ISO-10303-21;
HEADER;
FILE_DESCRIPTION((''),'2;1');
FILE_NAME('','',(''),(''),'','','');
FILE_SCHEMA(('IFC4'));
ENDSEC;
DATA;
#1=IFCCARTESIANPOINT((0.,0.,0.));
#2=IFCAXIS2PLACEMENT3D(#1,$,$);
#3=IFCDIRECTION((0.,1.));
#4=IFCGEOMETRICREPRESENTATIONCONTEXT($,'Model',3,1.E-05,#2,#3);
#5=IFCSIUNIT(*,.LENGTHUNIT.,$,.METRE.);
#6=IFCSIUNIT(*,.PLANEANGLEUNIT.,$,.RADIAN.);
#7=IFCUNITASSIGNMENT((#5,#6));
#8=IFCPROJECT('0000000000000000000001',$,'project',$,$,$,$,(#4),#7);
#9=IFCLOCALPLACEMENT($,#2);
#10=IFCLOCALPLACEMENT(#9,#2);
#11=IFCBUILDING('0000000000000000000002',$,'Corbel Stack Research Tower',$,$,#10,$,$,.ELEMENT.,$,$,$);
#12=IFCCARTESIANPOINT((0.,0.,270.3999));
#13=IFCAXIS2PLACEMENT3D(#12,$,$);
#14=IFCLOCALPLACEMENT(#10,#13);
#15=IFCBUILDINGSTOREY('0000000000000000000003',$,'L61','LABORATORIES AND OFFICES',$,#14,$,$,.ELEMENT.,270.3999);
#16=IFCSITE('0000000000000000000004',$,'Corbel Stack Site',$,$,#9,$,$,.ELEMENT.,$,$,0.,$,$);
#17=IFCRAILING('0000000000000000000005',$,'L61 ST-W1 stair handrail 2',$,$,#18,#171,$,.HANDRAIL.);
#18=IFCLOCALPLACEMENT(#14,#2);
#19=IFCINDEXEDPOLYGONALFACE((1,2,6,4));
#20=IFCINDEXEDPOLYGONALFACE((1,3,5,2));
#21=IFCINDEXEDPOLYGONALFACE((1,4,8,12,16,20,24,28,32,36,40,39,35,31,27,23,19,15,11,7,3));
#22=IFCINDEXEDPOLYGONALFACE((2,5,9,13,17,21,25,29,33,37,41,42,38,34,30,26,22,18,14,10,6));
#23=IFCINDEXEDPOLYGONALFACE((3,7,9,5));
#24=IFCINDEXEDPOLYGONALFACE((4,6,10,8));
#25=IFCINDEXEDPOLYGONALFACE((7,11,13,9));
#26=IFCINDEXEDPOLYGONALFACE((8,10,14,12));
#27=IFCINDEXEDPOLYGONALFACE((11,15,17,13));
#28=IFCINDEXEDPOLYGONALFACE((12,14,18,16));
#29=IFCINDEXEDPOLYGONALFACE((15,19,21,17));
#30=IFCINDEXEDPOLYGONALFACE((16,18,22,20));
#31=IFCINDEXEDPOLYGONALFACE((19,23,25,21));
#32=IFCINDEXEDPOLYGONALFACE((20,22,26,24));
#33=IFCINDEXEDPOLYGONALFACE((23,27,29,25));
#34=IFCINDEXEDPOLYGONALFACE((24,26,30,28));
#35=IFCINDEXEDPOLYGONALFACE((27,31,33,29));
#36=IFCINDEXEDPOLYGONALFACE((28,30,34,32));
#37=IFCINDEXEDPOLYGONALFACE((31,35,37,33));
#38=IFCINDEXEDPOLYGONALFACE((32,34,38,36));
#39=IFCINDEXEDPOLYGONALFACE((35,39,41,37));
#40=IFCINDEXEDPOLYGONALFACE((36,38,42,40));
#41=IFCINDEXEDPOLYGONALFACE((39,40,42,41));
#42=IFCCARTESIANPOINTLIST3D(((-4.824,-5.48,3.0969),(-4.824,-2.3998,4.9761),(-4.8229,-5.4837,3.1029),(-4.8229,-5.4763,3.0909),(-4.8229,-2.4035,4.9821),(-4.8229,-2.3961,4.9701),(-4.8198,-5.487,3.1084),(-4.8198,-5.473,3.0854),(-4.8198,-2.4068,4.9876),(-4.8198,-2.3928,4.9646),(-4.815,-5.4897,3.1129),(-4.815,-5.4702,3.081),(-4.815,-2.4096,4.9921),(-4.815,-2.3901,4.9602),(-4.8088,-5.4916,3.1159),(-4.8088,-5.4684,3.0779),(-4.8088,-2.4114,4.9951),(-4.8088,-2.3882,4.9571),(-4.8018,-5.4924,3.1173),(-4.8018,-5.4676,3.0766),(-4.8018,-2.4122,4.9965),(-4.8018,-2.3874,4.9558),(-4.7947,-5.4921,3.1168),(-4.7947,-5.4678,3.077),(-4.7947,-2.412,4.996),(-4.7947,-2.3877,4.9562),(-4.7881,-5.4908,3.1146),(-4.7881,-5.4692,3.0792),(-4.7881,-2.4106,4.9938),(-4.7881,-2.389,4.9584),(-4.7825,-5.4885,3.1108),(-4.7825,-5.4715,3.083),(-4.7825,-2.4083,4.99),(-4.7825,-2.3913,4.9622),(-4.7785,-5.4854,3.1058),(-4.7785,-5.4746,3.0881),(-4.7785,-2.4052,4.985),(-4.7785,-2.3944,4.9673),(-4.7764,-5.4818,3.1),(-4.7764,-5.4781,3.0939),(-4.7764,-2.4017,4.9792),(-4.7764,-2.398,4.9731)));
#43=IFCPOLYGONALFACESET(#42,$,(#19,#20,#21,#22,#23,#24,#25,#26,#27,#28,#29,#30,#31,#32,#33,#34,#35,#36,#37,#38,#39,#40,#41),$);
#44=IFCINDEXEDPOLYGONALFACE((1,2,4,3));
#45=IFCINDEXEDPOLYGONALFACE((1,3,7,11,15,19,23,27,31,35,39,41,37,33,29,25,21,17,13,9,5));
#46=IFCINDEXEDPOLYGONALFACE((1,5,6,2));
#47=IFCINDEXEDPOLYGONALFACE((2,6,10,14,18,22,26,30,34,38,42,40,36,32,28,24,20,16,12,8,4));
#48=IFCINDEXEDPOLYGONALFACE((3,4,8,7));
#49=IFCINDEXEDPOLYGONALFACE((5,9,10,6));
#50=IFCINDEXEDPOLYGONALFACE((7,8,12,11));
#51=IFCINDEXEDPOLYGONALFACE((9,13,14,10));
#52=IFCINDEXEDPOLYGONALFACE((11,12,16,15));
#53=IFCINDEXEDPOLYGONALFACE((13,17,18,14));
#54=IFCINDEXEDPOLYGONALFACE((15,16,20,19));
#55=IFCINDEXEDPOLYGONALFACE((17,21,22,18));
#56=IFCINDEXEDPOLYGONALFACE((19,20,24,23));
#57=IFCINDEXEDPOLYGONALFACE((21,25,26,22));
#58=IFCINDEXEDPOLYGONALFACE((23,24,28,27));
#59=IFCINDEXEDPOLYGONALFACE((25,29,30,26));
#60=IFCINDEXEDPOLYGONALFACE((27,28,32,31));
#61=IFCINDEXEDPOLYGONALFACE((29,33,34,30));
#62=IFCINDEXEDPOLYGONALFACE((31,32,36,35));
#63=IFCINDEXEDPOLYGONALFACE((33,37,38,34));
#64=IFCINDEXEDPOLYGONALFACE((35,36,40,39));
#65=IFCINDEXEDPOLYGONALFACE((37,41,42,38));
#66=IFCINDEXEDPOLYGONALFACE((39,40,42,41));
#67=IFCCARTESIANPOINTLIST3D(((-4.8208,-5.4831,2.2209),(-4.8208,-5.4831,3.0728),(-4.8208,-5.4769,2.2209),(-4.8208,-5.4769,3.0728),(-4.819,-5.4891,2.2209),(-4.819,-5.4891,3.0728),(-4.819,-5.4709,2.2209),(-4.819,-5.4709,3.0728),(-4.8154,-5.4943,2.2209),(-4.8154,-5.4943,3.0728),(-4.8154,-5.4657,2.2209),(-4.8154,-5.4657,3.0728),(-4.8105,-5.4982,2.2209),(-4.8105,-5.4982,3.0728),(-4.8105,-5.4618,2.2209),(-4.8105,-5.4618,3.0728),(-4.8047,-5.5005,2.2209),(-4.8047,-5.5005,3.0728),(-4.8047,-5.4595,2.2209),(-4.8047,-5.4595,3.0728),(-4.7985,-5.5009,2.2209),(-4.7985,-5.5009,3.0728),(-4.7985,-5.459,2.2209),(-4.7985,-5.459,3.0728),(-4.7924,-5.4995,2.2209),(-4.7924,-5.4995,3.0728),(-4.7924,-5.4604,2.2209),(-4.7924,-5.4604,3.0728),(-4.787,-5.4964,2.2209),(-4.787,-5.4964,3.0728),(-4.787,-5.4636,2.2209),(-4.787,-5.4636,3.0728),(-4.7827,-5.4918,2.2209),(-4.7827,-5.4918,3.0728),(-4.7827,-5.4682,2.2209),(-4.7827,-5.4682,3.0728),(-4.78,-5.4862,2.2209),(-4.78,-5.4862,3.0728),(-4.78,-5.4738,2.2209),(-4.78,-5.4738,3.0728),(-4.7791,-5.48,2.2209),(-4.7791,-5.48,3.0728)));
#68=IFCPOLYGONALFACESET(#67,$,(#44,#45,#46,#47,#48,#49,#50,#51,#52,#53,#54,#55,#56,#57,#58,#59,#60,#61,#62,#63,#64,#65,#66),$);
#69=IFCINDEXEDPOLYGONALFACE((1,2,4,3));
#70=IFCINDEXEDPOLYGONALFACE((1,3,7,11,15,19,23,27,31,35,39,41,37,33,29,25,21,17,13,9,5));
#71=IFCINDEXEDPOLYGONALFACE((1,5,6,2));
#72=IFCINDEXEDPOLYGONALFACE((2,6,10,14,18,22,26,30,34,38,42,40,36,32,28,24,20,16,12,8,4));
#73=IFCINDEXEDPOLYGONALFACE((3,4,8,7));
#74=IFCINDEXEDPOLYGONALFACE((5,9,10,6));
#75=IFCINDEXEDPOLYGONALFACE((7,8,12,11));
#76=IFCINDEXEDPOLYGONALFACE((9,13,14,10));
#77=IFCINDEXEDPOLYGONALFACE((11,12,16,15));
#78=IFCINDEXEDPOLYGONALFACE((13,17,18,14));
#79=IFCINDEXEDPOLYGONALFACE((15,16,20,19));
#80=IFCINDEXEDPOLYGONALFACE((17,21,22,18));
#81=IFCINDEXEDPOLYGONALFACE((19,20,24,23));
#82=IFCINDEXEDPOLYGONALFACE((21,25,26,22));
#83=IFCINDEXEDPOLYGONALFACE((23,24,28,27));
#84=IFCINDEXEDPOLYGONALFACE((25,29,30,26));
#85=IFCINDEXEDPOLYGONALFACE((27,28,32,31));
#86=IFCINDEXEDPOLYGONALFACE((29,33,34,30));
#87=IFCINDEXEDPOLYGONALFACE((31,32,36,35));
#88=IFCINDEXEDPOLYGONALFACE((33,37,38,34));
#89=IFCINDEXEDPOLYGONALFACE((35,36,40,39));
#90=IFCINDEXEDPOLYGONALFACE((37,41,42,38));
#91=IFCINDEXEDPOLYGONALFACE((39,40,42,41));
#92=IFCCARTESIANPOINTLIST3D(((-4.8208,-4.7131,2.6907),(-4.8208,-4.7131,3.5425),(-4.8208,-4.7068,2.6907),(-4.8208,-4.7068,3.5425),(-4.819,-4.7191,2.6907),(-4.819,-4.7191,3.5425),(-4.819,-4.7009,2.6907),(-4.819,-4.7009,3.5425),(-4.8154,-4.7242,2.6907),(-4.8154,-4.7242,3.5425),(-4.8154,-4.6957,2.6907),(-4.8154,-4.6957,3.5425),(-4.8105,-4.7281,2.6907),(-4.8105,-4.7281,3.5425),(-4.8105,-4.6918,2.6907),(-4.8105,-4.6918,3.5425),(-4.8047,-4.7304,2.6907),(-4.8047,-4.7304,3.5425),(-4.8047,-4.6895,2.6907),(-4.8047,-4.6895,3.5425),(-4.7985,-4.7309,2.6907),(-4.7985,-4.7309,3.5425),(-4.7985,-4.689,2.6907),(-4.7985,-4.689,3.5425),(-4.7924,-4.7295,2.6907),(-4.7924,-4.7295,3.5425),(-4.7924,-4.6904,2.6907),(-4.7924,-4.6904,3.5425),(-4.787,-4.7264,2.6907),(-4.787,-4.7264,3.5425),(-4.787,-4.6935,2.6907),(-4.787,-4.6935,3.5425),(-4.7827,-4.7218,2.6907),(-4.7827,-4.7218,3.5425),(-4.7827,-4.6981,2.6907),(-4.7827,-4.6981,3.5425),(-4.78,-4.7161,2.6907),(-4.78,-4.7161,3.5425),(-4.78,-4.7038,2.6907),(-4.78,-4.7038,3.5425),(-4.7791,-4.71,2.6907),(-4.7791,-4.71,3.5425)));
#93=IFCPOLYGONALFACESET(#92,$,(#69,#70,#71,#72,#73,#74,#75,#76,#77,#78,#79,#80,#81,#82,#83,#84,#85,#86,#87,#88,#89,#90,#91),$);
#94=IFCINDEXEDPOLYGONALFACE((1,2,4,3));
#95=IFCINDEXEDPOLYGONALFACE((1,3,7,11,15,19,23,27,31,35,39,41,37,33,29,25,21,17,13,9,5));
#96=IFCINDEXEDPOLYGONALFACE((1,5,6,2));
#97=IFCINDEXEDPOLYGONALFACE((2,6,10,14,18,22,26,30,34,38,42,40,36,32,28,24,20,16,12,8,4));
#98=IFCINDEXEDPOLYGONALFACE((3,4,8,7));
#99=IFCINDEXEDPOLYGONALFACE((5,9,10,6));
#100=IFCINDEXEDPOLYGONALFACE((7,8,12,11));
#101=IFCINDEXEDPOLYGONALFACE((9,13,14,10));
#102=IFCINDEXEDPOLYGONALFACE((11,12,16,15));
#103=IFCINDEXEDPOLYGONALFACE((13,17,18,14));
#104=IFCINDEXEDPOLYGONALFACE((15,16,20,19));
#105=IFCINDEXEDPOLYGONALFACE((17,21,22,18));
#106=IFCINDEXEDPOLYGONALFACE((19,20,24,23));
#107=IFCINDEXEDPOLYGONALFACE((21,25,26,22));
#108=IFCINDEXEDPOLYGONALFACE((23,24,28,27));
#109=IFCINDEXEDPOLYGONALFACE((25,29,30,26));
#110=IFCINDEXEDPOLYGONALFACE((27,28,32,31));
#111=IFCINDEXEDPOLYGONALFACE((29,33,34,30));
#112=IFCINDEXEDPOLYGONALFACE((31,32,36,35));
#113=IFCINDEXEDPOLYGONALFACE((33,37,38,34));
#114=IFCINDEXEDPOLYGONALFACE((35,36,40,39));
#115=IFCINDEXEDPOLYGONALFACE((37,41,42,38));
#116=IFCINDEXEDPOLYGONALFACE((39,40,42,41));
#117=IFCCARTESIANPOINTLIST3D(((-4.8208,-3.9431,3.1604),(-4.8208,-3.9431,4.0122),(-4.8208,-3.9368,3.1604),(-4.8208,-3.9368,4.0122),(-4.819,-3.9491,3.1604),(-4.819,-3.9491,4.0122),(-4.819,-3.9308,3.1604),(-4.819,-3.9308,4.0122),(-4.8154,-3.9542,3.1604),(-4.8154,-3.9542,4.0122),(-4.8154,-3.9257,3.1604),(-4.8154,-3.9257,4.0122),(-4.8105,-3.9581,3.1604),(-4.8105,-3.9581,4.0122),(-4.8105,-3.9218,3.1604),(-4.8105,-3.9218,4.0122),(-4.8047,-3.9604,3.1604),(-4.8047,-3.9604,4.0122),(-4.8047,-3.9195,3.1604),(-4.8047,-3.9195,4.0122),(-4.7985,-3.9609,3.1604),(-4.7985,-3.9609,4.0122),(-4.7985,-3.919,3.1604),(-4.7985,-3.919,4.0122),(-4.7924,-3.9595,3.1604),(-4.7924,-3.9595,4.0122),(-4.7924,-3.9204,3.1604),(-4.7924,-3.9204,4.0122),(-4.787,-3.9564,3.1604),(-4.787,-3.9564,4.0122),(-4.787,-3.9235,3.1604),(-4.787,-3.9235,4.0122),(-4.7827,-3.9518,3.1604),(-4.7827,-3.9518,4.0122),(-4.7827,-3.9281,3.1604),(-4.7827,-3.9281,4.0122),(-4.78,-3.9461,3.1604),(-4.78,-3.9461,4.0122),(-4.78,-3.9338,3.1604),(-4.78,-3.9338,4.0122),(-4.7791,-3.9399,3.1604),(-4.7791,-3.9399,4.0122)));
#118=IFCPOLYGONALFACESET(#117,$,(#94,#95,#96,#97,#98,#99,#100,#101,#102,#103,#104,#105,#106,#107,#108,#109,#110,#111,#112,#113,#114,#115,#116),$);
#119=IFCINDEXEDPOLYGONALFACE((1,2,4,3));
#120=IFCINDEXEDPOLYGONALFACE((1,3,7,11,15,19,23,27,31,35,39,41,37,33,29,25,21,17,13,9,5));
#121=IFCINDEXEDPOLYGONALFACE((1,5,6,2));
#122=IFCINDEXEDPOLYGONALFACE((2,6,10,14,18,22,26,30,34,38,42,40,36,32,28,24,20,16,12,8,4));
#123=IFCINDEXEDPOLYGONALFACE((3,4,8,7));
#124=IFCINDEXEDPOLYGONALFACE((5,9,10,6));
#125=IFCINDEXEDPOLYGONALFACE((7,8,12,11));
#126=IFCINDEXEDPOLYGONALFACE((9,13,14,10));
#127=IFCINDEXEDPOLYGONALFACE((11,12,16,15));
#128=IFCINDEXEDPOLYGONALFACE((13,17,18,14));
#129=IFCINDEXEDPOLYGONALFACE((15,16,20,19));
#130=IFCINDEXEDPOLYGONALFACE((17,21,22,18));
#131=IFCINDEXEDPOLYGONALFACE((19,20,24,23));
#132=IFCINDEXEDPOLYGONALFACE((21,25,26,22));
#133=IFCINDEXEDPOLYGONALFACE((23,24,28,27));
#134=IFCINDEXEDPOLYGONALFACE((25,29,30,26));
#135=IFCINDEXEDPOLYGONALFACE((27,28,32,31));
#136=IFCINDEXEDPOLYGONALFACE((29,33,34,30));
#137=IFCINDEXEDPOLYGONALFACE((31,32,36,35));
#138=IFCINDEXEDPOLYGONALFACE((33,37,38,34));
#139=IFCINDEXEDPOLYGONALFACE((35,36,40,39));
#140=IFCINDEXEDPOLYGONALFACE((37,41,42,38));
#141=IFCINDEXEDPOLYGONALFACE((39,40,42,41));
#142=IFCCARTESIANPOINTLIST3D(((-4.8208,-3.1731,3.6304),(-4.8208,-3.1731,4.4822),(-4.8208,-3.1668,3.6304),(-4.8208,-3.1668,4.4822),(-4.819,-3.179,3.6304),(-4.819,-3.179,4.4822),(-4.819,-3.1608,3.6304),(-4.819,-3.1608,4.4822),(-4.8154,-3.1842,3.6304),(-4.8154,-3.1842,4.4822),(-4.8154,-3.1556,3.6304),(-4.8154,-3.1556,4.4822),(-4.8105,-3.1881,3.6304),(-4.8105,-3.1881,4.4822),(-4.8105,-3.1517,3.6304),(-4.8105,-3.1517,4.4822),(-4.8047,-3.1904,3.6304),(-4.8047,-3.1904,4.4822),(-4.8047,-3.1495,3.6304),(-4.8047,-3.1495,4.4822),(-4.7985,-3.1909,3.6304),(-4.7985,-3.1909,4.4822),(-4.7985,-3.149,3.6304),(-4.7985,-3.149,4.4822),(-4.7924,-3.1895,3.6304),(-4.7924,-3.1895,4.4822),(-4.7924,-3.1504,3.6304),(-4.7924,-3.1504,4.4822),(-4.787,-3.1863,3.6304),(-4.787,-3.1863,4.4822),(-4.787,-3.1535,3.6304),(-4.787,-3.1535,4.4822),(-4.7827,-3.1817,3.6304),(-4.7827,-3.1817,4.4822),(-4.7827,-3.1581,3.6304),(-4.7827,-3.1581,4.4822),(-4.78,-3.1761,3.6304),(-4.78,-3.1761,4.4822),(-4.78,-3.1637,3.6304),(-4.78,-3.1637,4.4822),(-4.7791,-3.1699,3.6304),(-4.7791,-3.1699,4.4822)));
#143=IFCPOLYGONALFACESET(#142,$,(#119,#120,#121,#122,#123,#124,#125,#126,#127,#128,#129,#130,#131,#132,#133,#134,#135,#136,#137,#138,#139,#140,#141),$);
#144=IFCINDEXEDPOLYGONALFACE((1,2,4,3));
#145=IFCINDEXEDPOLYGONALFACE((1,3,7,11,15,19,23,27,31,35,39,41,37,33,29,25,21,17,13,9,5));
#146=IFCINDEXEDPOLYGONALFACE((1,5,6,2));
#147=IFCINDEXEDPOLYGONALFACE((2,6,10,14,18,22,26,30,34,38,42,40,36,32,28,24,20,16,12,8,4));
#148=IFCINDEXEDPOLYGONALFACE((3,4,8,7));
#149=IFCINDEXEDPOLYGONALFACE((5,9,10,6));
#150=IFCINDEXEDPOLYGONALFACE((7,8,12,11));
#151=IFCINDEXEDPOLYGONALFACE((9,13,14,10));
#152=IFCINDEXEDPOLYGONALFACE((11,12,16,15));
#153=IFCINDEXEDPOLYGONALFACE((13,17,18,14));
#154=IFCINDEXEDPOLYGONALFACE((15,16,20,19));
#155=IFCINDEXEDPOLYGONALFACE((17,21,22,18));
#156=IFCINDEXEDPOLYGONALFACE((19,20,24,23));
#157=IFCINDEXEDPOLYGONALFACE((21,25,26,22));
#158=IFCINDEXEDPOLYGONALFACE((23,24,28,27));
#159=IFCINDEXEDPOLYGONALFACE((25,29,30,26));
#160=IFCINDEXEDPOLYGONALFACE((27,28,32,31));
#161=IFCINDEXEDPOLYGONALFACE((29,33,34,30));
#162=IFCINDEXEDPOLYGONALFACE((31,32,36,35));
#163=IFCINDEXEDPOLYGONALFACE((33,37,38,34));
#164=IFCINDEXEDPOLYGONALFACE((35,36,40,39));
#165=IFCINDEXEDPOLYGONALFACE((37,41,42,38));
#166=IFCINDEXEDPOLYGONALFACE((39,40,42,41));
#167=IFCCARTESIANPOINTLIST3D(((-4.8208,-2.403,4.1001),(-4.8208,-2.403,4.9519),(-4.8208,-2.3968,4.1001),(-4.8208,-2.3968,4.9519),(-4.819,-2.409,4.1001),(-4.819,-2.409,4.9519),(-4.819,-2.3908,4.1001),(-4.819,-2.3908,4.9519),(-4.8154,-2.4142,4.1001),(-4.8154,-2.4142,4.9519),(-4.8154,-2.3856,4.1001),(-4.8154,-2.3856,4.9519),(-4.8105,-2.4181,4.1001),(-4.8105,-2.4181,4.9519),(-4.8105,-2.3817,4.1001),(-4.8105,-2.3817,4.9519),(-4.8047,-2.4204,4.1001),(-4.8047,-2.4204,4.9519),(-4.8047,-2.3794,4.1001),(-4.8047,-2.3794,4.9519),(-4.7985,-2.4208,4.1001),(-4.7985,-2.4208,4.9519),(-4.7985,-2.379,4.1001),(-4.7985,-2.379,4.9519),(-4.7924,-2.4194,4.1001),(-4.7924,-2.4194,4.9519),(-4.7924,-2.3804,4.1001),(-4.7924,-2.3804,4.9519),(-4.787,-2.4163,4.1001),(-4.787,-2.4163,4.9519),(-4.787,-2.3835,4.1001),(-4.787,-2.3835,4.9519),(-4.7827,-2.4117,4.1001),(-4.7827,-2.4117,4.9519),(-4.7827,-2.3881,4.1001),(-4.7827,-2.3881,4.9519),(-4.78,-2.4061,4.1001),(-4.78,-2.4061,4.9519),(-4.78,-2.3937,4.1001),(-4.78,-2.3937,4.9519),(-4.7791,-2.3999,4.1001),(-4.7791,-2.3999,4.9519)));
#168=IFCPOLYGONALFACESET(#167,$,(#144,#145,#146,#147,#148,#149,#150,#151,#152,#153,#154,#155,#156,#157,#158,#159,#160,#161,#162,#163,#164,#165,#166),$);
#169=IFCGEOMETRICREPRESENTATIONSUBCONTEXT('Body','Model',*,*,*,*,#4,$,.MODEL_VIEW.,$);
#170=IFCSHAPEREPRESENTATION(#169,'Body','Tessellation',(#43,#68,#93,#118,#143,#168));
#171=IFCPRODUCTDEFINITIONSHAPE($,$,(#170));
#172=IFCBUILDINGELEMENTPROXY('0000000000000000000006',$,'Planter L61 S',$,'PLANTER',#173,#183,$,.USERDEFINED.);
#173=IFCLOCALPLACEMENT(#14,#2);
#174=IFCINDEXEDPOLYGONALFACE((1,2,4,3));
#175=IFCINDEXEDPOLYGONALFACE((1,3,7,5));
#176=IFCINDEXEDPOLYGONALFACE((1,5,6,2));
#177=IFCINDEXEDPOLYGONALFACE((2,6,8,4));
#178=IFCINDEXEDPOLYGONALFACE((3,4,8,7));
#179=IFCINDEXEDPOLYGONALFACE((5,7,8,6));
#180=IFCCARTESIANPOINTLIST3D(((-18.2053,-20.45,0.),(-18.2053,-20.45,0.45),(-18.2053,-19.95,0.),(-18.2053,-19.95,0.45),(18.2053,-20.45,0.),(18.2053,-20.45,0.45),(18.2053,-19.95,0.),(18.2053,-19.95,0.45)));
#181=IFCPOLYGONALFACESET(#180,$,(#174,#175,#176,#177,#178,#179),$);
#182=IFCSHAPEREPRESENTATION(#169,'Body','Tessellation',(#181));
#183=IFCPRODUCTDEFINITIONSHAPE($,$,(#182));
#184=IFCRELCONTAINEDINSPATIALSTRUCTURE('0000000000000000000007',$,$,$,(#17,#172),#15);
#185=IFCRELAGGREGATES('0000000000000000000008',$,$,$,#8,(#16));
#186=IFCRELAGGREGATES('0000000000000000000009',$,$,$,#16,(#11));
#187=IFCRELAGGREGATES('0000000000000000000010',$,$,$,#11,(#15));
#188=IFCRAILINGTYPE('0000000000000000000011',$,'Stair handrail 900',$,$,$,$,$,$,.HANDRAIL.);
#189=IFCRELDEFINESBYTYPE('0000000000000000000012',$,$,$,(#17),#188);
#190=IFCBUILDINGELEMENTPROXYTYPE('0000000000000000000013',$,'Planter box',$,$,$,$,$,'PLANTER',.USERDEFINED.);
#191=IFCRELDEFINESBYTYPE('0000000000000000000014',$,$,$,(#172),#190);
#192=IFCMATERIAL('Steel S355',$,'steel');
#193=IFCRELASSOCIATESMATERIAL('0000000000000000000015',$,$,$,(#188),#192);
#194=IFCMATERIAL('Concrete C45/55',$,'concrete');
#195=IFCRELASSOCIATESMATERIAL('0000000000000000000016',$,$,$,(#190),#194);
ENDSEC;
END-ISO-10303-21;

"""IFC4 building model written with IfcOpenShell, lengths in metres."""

from ifc_helpers import new_model, si_unit, direction, frame, origin, origin_2d, place, context, subcontext, project, spatial, rectangle, circle, extrude, material, type_object, element, save


model = new_model("IFC4")

# Units and contexts
model_context = context("Model", 3, precision=1e-05, world=origin(), true_north=direction((0.0, 1.0)))
body_context = subcontext(model_context, "Body", "Model", "MODEL_VIEW")
ifc_project = project(units=[si_unit("LENGTHUNIT", "METRE"), si_unit("PLANEANGLEUNIT", "RADIAN")], contexts=[model_context])

# Site, building, storey
site_placement = place(None, origin())
site = spatial("IfcSite", under=ifc_project, at=site_placement, Name="Corbel Stack Site", CompositionType="ELEMENT", RefElevation=0.0)
building_placement = place(site_placement, origin())
building = spatial("IfcBuilding", under=site, at=building_placement, Name="Corbel Stack Research Tower", CompositionType="ELEMENT")
storey_placement = place(building_placement, frame((0.0, 0.0, 270.3999)))
storey = spatial("IfcBuildingStorey", under=building, at=storey_placement, Name="L61", Description="LABORATORIES AND OFFICES", CompositionType="ELEMENT", Elevation=270.3999)

# Railing
ifc_material_1 = material(Name="Steel S355", Category="steel")
railing_type_1 = type_object("IfcRailingType", Name="Stair handrail 900", PredefinedType="HANDRAIL", material=ifc_material_1)
railing_1_placement = place(storey_placement, frame((-4.8, -5.48, 2.2209)))
element("IfcRailing", 1, at=railing_1_placement, inside=storey, type_object=railing_type_1, Name="L61 ST-W1 stair handrail 2", PredefinedType="HANDRAIL", context=body_context, shape_type="SweptSolid", body=[
    extrude(circle(Radius=0.0239, at=origin_2d()), frame((0.0, 0.0, 0.876), z_axis=(0.0, 0.853666, 0.52082), x_axis=(-1.0, 0.0, 0.0)), (0.0, 0.0, 1.0), 3.6082),
    extrude(circle(Radius=0.021, at=origin_2d()), origin(), (0.0, 0.0, 1.0), 0.8518),
    extrude(circle(Radius=0.021, at=origin_2d()), frame((0.0, 0.77, 0.4697)), (0.0, 0.0, 1.0), 0.8518),
    extrude(circle(Radius=0.021, at=origin_2d()), frame((0.0, 1.54, 0.9395)), (0.0, 0.0, 1.0), 0.8518),
    extrude(circle(Radius=0.021, at=origin_2d()), frame((0.0, 2.3101, 1.4094)), (0.0, 0.0, 1.0), 0.8518),
    extrude(circle(Radius=0.021, at=origin_2d()), frame((0.0, 3.0801, 1.8792)), (0.0, 0.0, 1.0), 0.8518),
])

# Building element proxy
ifc_material_2 = material(Name="Concrete C45/55", Category="concrete")
building_element_proxy_type = type_object("IfcBuildingElementProxyType", Name="Planter box", ElementType="PLANTER", PredefinedType="USERDEFINED", material=ifc_material_2)
proxy_placement = place(storey_placement, frame((0.0, -20.2, 0.0), z_axis=(0.0, 0.0, 1.0), x_axis=(1.0, 0.0, 0.0)))
element("IfcBuildingElementProxy", 2, at=proxy_placement, inside=storey, type_object=building_element_proxy_type, Name="Planter L61 S", ObjectType="PLANTER", PredefinedType="USERDEFINED", context=body_context, shape_type="SweptSolid", body=[
    extrude(rectangle(XDim=36.4106, YDim=0.5, at=origin_2d()), origin(), (0.0, 0.0, 1.0), 0.45),
])

save(model, "model.ifc")
